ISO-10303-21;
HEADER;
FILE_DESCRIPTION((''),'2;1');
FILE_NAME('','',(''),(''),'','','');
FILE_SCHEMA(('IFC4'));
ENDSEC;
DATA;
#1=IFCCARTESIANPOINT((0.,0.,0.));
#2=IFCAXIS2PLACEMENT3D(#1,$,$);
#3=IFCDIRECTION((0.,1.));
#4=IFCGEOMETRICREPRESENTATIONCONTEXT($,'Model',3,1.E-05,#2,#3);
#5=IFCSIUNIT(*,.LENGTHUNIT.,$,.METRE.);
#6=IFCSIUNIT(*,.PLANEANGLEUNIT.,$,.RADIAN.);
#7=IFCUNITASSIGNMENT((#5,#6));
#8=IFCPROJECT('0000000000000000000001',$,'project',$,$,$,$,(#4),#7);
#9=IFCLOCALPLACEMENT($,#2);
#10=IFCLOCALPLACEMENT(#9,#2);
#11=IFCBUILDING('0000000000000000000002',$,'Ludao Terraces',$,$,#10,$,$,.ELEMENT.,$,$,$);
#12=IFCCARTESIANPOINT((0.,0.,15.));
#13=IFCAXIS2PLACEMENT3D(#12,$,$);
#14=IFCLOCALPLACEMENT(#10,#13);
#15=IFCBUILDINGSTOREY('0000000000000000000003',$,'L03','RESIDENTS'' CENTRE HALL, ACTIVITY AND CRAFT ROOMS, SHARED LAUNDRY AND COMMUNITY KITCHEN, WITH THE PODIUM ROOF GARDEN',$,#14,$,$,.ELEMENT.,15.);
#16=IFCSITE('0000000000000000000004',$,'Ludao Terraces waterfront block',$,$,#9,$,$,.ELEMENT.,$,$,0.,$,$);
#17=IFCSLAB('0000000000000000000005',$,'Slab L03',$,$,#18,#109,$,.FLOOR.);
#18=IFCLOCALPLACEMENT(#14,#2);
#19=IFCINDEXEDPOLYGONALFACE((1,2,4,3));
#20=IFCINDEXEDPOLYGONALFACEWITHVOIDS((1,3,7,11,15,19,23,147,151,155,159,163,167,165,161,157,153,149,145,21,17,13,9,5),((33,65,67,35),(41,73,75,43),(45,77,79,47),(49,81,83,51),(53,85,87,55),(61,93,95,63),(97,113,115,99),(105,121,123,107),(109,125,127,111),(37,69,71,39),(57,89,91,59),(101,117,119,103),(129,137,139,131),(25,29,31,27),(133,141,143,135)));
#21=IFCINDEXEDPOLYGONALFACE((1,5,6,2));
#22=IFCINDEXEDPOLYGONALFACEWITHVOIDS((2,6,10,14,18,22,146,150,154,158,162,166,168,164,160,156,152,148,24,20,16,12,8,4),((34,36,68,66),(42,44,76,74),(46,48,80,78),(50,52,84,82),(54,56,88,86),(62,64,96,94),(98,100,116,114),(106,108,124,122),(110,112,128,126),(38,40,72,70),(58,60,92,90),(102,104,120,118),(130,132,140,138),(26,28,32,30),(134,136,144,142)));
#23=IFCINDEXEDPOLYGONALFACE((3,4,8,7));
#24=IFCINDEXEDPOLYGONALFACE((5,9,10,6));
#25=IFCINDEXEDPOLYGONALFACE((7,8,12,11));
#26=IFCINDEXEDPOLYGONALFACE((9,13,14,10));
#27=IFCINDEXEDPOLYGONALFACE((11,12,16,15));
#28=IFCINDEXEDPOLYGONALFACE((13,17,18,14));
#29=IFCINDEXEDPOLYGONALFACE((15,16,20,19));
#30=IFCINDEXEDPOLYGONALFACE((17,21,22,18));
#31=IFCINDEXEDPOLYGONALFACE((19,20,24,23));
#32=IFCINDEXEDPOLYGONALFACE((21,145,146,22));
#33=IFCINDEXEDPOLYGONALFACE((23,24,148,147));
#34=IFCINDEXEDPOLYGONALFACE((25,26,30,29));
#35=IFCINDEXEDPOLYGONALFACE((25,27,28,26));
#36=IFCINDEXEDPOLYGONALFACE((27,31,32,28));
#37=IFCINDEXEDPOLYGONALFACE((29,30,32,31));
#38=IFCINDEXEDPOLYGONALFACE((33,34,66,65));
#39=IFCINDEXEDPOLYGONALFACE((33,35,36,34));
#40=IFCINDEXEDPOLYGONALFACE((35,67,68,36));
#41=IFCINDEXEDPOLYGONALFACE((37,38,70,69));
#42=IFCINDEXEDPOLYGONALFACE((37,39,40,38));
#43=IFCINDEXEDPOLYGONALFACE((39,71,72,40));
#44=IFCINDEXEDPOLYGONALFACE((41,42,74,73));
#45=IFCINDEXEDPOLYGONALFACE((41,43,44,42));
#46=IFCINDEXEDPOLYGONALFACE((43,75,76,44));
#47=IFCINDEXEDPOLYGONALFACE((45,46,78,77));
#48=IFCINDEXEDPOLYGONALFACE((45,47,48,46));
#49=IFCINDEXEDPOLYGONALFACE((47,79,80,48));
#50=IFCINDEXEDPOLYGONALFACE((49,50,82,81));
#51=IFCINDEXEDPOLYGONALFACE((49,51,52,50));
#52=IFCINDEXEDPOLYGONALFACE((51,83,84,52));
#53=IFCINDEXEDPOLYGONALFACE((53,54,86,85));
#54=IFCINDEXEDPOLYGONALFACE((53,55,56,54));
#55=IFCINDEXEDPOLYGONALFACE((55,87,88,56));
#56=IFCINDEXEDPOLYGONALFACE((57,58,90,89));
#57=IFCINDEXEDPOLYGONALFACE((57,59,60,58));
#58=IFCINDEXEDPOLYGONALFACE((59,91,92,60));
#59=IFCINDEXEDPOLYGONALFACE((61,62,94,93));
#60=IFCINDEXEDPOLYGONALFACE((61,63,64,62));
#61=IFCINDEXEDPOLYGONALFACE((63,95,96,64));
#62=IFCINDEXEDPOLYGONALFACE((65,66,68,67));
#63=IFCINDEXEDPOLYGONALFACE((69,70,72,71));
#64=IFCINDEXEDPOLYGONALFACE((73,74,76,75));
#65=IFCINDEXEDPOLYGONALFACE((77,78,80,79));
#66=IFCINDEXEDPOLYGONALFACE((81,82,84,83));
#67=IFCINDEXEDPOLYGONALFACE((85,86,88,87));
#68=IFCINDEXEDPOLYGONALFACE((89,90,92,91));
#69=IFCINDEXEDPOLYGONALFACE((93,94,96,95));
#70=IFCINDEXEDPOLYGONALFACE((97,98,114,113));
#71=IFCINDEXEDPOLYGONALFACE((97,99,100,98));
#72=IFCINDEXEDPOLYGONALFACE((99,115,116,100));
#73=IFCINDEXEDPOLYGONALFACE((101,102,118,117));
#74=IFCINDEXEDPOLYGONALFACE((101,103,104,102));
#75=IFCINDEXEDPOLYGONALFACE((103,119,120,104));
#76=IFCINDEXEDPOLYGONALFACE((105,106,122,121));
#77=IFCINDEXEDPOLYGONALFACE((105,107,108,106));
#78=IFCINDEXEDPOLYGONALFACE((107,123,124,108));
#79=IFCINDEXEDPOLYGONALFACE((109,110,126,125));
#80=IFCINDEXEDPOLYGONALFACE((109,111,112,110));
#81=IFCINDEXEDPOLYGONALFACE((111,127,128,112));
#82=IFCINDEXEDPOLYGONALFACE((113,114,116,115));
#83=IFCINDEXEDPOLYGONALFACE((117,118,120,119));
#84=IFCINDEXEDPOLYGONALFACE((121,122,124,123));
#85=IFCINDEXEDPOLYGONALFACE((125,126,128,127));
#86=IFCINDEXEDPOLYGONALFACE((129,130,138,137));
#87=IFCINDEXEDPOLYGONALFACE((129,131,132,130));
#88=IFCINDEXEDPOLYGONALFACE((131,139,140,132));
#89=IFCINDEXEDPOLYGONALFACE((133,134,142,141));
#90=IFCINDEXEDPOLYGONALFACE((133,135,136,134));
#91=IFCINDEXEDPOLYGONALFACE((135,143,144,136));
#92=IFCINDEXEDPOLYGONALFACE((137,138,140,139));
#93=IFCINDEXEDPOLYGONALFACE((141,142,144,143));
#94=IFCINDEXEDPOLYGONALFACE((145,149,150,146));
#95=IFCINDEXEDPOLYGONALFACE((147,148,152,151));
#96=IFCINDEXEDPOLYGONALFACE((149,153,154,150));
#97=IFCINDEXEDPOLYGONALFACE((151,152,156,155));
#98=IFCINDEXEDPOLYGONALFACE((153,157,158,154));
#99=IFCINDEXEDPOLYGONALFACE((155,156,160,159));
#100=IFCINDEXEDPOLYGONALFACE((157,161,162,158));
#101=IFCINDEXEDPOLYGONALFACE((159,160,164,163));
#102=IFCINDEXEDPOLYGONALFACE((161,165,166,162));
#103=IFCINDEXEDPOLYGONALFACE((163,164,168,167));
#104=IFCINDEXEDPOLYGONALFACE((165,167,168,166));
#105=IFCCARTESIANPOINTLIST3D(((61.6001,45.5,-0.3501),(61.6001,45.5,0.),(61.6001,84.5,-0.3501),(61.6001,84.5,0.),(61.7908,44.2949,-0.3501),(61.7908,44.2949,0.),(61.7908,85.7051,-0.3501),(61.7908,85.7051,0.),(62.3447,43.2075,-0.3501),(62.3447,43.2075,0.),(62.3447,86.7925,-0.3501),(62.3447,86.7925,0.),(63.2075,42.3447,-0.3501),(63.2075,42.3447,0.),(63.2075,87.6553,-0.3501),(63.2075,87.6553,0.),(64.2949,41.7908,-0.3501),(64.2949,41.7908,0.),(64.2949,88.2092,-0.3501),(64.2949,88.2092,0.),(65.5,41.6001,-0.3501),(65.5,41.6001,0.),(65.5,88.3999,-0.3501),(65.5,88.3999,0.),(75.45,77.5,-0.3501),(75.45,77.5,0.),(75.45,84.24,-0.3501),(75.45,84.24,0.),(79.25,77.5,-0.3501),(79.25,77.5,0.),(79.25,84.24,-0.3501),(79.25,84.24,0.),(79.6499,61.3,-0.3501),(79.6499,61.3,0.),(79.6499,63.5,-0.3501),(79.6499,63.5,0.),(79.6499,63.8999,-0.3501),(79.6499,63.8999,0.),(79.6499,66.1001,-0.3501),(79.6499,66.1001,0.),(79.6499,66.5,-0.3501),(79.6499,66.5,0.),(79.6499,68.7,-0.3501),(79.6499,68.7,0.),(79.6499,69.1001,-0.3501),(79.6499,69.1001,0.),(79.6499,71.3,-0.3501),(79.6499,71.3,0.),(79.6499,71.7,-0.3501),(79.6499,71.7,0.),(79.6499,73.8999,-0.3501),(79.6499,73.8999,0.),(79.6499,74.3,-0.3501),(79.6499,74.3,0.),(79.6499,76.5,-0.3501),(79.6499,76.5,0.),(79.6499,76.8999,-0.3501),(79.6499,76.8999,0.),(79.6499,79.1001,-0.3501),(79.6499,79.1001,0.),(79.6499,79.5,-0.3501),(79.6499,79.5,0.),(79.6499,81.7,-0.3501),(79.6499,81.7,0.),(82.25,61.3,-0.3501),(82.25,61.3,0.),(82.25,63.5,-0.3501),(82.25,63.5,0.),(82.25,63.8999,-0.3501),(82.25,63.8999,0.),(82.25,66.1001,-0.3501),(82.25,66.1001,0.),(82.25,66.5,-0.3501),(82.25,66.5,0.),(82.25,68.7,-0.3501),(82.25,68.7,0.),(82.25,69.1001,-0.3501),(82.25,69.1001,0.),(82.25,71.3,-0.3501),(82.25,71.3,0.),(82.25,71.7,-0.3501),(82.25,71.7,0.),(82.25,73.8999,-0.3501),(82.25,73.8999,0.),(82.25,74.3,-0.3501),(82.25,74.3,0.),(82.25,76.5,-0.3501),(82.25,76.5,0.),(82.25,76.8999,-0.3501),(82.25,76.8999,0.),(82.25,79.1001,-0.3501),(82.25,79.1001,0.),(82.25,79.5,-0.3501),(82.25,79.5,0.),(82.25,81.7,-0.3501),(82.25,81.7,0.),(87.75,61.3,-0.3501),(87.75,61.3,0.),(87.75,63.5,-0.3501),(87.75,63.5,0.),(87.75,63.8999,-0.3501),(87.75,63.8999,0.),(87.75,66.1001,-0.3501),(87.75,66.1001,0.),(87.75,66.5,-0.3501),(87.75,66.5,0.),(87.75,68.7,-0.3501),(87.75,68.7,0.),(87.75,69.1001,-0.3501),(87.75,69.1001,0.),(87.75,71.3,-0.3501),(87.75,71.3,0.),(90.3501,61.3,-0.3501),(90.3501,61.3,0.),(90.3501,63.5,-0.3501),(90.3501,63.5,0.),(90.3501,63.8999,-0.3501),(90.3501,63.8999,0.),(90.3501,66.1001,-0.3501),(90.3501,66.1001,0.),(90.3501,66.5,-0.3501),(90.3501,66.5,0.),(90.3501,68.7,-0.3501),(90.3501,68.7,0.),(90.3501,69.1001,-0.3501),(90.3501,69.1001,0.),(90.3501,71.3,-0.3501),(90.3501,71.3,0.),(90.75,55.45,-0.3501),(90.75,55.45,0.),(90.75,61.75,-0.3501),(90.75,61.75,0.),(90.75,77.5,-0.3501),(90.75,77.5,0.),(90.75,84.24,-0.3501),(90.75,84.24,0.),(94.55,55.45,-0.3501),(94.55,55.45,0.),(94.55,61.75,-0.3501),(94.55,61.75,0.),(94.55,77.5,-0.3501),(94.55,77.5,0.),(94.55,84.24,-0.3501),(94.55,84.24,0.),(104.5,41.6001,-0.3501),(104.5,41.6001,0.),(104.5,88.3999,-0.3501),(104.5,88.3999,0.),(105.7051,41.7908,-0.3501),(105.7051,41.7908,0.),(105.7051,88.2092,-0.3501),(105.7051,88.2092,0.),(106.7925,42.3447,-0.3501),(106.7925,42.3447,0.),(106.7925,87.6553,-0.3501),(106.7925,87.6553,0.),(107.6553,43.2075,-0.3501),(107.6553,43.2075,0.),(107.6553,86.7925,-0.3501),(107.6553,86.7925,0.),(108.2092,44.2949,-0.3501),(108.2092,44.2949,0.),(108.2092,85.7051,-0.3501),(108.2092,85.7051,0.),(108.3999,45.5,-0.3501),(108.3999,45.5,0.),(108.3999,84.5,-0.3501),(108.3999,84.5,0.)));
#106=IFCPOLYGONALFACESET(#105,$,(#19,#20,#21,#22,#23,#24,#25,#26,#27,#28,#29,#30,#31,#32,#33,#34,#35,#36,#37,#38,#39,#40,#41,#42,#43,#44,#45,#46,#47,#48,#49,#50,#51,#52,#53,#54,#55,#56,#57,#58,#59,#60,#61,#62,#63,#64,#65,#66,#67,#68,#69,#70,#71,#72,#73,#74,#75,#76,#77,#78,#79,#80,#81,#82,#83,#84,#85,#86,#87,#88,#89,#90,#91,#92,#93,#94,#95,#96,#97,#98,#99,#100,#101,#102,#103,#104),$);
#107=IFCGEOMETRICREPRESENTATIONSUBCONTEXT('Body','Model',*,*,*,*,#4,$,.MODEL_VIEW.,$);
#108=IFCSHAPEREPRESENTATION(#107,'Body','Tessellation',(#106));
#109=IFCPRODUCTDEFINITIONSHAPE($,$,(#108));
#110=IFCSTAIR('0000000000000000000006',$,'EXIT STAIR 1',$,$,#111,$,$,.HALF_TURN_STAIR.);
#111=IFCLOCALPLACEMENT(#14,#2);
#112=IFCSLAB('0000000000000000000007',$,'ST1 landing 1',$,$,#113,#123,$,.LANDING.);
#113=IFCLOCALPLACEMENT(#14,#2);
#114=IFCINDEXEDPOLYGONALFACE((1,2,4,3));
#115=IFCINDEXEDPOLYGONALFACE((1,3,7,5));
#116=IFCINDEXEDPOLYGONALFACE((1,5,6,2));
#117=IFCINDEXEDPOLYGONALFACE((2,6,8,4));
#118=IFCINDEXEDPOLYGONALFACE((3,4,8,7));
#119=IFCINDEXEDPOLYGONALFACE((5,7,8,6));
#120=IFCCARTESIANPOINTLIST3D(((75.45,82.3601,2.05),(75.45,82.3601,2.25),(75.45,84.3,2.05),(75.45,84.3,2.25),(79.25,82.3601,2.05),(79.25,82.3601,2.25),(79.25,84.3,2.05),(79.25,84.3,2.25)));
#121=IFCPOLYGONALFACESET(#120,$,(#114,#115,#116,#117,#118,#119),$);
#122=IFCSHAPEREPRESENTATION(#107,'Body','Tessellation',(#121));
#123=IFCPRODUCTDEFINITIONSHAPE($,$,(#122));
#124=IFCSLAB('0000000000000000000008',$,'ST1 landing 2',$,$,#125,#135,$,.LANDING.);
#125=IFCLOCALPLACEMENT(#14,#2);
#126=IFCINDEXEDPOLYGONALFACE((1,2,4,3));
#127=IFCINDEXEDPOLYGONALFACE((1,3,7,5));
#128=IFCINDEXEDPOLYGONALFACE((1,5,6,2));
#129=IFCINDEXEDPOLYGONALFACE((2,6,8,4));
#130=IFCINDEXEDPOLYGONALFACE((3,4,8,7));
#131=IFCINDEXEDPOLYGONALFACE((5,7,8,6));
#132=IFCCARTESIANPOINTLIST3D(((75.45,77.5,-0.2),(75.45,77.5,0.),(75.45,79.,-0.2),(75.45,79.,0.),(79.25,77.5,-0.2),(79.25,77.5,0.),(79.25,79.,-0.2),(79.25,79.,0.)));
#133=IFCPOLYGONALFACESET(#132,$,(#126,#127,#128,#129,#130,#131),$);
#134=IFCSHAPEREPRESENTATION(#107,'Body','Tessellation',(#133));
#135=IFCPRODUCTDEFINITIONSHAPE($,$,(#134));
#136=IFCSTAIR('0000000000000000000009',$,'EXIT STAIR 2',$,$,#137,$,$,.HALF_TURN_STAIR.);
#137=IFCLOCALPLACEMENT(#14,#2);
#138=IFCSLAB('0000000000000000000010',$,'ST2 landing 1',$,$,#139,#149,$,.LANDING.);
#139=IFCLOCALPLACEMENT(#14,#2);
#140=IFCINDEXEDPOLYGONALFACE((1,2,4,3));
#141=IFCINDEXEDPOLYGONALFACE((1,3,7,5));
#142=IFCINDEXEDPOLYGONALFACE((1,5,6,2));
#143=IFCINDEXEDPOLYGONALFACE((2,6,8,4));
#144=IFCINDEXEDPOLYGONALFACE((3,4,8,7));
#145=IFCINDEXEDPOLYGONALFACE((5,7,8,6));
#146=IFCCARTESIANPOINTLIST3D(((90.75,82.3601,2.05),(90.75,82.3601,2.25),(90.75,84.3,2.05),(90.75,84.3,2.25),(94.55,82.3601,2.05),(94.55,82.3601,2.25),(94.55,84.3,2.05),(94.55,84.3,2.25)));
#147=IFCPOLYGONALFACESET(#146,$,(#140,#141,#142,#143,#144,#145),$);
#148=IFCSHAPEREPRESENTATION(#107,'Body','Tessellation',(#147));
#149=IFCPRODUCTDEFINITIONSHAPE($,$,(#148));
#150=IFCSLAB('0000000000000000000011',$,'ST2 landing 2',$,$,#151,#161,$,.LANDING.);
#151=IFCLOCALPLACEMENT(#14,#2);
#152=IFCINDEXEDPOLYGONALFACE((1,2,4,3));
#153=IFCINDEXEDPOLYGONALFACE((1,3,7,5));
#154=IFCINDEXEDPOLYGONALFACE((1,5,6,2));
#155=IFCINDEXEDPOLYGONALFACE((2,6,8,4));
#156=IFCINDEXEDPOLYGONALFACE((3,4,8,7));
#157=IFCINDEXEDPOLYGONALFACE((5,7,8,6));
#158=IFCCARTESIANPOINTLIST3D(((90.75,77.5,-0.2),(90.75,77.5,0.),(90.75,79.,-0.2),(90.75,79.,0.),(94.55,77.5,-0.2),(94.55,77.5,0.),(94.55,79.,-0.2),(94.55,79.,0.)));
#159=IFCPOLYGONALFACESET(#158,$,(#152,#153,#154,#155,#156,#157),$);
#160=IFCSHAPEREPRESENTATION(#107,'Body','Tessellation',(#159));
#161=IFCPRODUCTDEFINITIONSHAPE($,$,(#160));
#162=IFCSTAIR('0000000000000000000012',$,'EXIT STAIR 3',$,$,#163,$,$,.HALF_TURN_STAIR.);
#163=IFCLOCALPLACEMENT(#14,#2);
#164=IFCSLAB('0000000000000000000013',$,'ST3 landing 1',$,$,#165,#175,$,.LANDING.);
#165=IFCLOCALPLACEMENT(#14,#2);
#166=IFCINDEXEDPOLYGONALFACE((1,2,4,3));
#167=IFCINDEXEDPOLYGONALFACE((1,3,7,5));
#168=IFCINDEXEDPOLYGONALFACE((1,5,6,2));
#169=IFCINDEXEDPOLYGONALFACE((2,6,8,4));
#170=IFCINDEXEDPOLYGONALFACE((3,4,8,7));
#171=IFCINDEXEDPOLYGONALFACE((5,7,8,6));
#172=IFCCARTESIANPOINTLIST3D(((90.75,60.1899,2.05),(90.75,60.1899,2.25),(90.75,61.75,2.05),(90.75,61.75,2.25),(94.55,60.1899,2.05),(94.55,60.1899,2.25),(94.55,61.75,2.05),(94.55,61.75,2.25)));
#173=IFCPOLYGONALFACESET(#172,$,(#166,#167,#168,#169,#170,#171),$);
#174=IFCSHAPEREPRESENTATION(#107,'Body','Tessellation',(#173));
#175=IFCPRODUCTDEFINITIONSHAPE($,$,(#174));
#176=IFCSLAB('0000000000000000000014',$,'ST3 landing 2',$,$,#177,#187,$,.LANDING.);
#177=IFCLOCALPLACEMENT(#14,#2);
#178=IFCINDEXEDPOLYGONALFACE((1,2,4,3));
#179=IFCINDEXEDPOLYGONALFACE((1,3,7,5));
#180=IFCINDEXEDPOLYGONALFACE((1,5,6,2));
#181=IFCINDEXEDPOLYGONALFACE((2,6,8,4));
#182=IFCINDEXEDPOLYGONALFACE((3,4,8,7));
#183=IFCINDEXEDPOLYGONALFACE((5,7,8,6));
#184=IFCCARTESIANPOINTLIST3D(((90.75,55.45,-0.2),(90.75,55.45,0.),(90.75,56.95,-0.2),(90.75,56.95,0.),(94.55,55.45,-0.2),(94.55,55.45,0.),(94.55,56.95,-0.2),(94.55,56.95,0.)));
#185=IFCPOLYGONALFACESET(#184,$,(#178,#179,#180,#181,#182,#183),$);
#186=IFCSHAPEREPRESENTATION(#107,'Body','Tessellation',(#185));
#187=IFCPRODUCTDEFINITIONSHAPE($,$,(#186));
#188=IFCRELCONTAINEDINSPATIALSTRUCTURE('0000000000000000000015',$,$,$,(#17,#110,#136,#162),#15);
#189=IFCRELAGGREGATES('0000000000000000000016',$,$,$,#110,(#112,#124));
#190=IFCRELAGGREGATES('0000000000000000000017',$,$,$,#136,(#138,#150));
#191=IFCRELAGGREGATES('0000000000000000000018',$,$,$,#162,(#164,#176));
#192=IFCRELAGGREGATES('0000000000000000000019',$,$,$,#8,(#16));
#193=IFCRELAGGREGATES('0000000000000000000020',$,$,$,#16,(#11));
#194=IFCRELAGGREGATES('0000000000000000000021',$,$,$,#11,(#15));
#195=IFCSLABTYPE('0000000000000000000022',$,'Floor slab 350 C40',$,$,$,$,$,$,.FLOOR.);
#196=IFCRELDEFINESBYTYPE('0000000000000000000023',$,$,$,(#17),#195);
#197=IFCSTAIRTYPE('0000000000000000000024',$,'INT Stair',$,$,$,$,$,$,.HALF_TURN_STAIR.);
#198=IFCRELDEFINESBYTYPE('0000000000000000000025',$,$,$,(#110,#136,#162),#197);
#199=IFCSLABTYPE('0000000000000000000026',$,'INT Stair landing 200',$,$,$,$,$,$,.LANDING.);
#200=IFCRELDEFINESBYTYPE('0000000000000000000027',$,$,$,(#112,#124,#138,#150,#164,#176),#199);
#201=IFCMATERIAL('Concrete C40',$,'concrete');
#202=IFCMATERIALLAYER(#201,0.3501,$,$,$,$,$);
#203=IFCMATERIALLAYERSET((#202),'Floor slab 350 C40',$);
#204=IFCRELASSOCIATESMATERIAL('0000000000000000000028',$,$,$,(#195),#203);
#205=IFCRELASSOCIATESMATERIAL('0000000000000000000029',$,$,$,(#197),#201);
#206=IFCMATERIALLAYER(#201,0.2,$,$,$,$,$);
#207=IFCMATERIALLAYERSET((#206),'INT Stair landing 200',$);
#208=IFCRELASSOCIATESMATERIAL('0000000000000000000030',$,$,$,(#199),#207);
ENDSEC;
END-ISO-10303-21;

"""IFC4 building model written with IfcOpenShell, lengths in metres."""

from ifc_helpers import new_model, si_unit, direction, frame, origin, place, context, subcontext, project, spatial, polyline, outline, extrude, material, layer, layer_set, type_object, element, aggregate, save


model = new_model("IFC4")

# Units and contexts
model_context = context("Model", 3, precision=1e-05, world=origin(), true_north=direction((0.0, 1.0)))
body_context = subcontext(model_context, "Body", "Model", "MODEL_VIEW")
ifc_project = project(units=[si_unit("LENGTHUNIT", "METRE"), si_unit("PLANEANGLEUNIT", "RADIAN")], contexts=[model_context])

# Site, building, storey
site_placement = place(None, origin())
site = spatial("IfcSite", under=ifc_project, at=site_placement, Name="Ludao Terraces waterfront block", CompositionType="ELEMENT", RefElevation=0.0)
building_placement = place(site_placement, origin())
building = spatial("IfcBuilding", under=site, at=building_placement, Name="Ludao Terraces", CompositionType="ELEMENT")
storey_placement = place(building_placement, frame((0.0, 0.0, 15.0)))
storey = spatial("IfcBuildingStorey", under=building, at=storey_placement, Name="L03", Description="RESIDENTS' CENTRE HALL, ACTIVITY AND CRAFT ROOMS, SHARED LAUNDRY AND COMMUNITY KITCHEN, WITH THE PODIUM ROOF GARDEN", CompositionType="ELEMENT", Elevation=15.0)

# Slab
ifc_material_1 = material(Name="Concrete C40", Category="concrete")
ifc_layer_1 = layer(ifc_material_1, 0.3501)
ifc_layer_set_1 = layer_set([ifc_layer_1], Name="Floor slab 350 C40")
slab_type_1 = type_object("IfcSlabType", Name="Floor slab 350 C40", PredefinedType="FLOOR", material=ifc_layer_set_1)
slab_1_placement = place(storey_placement, frame((0.0, 0.0, -0.3501)))
element("IfcSlab", 1, at=slab_1_placement, inside=storey, type_object=slab_type_1, Name="Slab L03", PredefinedType="FLOOR", context=body_context, shape_type="SweptSolid", body=[
    extrude(outline(polyline([(104.5, 41.6001), (105.7051, 41.7908), (106.7925, 42.3447), (107.6553, 43.2075), (108.2092, 44.2949), (108.3999, 45.5), (108.3999, 84.5), (108.2092, 85.7051), (107.6553, 86.7925), (106.7925, 87.6553), (105.7051, 88.2092), (104.5, 88.3999), (65.5, 88.3999), (64.2949, 88.2092), (63.2075, 87.6553), (62.3447, 86.7925), (61.7908, 85.7051), (61.6001, 84.5), (61.6001, 45.5), (61.7908, 44.2949), (62.3447, 43.2075), (63.2075, 42.3447), (64.2949, 41.7908), (65.5, 41.6001), (104.5, 41.6001)]), holes=[polyline([(79.6499, 61.3), (82.25, 61.3), (82.25, 63.5), (79.6499, 63.5), (79.6499, 61.3)]), polyline([(79.6499, 63.8999), (82.25, 63.8999), (82.25, 66.1001), (79.6499, 66.1001), (79.6499, 63.8999)]), polyline([(79.6499, 66.5), (82.25, 66.5), (82.25, 68.7), (79.6499, 68.7), (79.6499, 66.5)]), polyline([(79.6499, 69.1001), (82.25, 69.1001), (82.25, 71.3), (79.6499, 71.3), (79.6499, 69.1001)]), polyline([(79.6499, 71.7), (82.25, 71.7), (82.25, 73.8999), (79.6499, 73.8999), (79.6499, 71.7)]), polyline([(79.6499, 74.3), (82.25, 74.3), (82.25, 76.5), (79.6499, 76.5), (79.6499, 74.3)]), polyline([(79.6499, 76.8999), (82.25, 76.8999), (82.25, 79.1001), (79.6499, 79.1001), (79.6499, 76.8999)]), polyline([(79.6499, 79.5), (82.25, 79.5), (82.25, 81.7), (79.6499, 81.7), (79.6499, 79.5)]), polyline([(87.75, 61.3), (90.3501, 61.3), (90.3501, 63.5), (87.75, 63.5), (87.75, 61.3)]), polyline([(87.75, 63.8999), (90.3501, 63.8999), (90.3501, 66.1001), (87.75, 66.1001), (87.75, 63.8999)]), polyline([(87.75, 66.5), (90.3501, 66.5), (90.3501, 68.7), (87.75, 68.7), (87.75, 66.5)]), polyline([(87.75, 69.1001), (90.3501, 69.1001), (90.3501, 71.3), (87.75, 71.3), (87.75, 69.1001)]), polyline([(75.45, 77.5), (79.25, 77.5), (79.25, 84.24), (75.45, 84.24), (75.45, 77.5)]), polyline([(90.75, 77.5), (94.55, 77.5), (94.55, 84.24), (90.75, 84.24), (90.75, 77.5)]), polyline([(90.75, 55.45), (94.55, 55.45), (94.55, 61.75), (90.75, 61.75), (90.75, 55.45)])]), origin(), (0.0, 0.0, 1.0), 0.3501),
])

# Stairs, slabs
stair_type = type_object("IfcStairType", Name="INT Stair", PredefinedType="HALF_TURN_STAIR", material=ifc_material_1)
stair_1_placement = place(storey_placement, origin())
stair_1 = element("IfcStair", 2, at=stair_1_placement, inside=storey, type_object=stair_type, Name="EXIT STAIR 1", PredefinedType="HALF_TURN_STAIR")
ifc_layer_2 = layer(ifc_material_1, 0.2)
ifc_layer_set_2 = layer_set([ifc_layer_2], Name="INT Stair landing 200")
slab_type_2 = type_object("IfcSlabType", Name="INT Stair landing 200", PredefinedType="LANDING", material=ifc_layer_set_2)
slab_2_placement = place(storey_placement, frame((0.0, 0.0, 2.05)))
slab_2 = element("IfcSlab", 3, at=slab_2_placement, type_object=slab_type_2, Name="ST1 landing 1", PredefinedType="LANDING", context=body_context, shape_type="SweptSolid", body=[
    extrude(outline(polyline([(75.45, 82.3601), (79.25, 82.3601), (79.25, 84.3), (75.45, 84.3), (75.45, 82.3601)])), origin(), (0.0, 0.0, 1.0), 0.2),
])
slab_3_placement = place(storey_placement, frame((0.0, 0.0, -0.2)))
slab_3 = element("IfcSlab", 4, at=slab_3_placement, type_object=slab_type_2, Name="ST1 landing 2", PredefinedType="LANDING", context=body_context, shape_type="SweptSolid", body=[
    extrude(outline(polyline([(75.45, 77.5), (79.25, 77.5), (79.25, 79.0), (75.45, 79.0), (75.45, 77.5)])), origin(), (0.0, 0.0, 1.0), 0.2),
])
aggregate(stair_1, [slab_2, slab_3])
stair_2_placement = place(storey_placement, origin())
stair_2 = element("IfcStair", 5, at=stair_2_placement, inside=storey, type_object=stair_type, Name="EXIT STAIR 2", PredefinedType="HALF_TURN_STAIR")
slab_4_placement = place(storey_placement, frame((0.0, 0.0, 2.05)))
slab_4 = element("IfcSlab", 6, at=slab_4_placement, type_object=slab_type_2, Name="ST2 landing 1", PredefinedType="LANDING", context=body_context, shape_type="SweptSolid", body=[
    extrude(outline(polyline([(90.75, 82.3601), (94.55, 82.3601), (94.55, 84.3), (90.75, 84.3), (90.75, 82.3601)])), origin(), (0.0, 0.0, 1.0), 0.2),
])
slab_5_placement = place(storey_placement, frame((0.0, 0.0, -0.2)))
slab_5 = element("IfcSlab", 7, at=slab_5_placement, type_object=slab_type_2, Name="ST2 landing 2", PredefinedType="LANDING", context=body_context, shape_type="SweptSolid", body=[
    extrude(outline(polyline([(90.75, 77.5), (94.55, 77.5), (94.55, 79.0), (90.75, 79.0), (90.75, 77.5)])), origin(), (0.0, 0.0, 1.0), 0.2),
])
aggregate(stair_2, [slab_4, slab_5])
stair_3_placement = place(storey_placement, origin())
stair_3 = element("IfcStair", 8, at=stair_3_placement, inside=storey, type_object=stair_type, Name="EXIT STAIR 3", PredefinedType="HALF_TURN_STAIR")
slab_6_placement = place(storey_placement, frame((0.0, 0.0, 2.05)))
slab_6 = element("IfcSlab", 9, at=slab_6_placement, type_object=slab_type_2, Name="ST3 landing 1", PredefinedType="LANDING", context=body_context, shape_type="SweptSolid", body=[
    extrude(outline(polyline([(90.75, 60.1899), (94.55, 60.1899), (94.55, 61.75), (90.75, 61.75), (90.75, 60.1899)])), origin(), (0.0, 0.0, 1.0), 0.2),
])
slab_7_placement = place(storey_placement, frame((0.0, 0.0, -0.2)))
slab_7 = element("IfcSlab", 10, at=slab_7_placement, type_object=slab_type_2, Name="ST3 landing 2", PredefinedType="LANDING", context=body_context, shape_type="SweptSolid", body=[
    extrude(outline(polyline([(90.75, 55.45), (94.55, 55.45), (94.55, 56.95), (90.75, 56.95), (90.75, 55.45)])), origin(), (0.0, 0.0, 1.0), 0.2),
])
aggregate(stair_3, [slab_6, slab_7])

save(model, "model.ifc")
